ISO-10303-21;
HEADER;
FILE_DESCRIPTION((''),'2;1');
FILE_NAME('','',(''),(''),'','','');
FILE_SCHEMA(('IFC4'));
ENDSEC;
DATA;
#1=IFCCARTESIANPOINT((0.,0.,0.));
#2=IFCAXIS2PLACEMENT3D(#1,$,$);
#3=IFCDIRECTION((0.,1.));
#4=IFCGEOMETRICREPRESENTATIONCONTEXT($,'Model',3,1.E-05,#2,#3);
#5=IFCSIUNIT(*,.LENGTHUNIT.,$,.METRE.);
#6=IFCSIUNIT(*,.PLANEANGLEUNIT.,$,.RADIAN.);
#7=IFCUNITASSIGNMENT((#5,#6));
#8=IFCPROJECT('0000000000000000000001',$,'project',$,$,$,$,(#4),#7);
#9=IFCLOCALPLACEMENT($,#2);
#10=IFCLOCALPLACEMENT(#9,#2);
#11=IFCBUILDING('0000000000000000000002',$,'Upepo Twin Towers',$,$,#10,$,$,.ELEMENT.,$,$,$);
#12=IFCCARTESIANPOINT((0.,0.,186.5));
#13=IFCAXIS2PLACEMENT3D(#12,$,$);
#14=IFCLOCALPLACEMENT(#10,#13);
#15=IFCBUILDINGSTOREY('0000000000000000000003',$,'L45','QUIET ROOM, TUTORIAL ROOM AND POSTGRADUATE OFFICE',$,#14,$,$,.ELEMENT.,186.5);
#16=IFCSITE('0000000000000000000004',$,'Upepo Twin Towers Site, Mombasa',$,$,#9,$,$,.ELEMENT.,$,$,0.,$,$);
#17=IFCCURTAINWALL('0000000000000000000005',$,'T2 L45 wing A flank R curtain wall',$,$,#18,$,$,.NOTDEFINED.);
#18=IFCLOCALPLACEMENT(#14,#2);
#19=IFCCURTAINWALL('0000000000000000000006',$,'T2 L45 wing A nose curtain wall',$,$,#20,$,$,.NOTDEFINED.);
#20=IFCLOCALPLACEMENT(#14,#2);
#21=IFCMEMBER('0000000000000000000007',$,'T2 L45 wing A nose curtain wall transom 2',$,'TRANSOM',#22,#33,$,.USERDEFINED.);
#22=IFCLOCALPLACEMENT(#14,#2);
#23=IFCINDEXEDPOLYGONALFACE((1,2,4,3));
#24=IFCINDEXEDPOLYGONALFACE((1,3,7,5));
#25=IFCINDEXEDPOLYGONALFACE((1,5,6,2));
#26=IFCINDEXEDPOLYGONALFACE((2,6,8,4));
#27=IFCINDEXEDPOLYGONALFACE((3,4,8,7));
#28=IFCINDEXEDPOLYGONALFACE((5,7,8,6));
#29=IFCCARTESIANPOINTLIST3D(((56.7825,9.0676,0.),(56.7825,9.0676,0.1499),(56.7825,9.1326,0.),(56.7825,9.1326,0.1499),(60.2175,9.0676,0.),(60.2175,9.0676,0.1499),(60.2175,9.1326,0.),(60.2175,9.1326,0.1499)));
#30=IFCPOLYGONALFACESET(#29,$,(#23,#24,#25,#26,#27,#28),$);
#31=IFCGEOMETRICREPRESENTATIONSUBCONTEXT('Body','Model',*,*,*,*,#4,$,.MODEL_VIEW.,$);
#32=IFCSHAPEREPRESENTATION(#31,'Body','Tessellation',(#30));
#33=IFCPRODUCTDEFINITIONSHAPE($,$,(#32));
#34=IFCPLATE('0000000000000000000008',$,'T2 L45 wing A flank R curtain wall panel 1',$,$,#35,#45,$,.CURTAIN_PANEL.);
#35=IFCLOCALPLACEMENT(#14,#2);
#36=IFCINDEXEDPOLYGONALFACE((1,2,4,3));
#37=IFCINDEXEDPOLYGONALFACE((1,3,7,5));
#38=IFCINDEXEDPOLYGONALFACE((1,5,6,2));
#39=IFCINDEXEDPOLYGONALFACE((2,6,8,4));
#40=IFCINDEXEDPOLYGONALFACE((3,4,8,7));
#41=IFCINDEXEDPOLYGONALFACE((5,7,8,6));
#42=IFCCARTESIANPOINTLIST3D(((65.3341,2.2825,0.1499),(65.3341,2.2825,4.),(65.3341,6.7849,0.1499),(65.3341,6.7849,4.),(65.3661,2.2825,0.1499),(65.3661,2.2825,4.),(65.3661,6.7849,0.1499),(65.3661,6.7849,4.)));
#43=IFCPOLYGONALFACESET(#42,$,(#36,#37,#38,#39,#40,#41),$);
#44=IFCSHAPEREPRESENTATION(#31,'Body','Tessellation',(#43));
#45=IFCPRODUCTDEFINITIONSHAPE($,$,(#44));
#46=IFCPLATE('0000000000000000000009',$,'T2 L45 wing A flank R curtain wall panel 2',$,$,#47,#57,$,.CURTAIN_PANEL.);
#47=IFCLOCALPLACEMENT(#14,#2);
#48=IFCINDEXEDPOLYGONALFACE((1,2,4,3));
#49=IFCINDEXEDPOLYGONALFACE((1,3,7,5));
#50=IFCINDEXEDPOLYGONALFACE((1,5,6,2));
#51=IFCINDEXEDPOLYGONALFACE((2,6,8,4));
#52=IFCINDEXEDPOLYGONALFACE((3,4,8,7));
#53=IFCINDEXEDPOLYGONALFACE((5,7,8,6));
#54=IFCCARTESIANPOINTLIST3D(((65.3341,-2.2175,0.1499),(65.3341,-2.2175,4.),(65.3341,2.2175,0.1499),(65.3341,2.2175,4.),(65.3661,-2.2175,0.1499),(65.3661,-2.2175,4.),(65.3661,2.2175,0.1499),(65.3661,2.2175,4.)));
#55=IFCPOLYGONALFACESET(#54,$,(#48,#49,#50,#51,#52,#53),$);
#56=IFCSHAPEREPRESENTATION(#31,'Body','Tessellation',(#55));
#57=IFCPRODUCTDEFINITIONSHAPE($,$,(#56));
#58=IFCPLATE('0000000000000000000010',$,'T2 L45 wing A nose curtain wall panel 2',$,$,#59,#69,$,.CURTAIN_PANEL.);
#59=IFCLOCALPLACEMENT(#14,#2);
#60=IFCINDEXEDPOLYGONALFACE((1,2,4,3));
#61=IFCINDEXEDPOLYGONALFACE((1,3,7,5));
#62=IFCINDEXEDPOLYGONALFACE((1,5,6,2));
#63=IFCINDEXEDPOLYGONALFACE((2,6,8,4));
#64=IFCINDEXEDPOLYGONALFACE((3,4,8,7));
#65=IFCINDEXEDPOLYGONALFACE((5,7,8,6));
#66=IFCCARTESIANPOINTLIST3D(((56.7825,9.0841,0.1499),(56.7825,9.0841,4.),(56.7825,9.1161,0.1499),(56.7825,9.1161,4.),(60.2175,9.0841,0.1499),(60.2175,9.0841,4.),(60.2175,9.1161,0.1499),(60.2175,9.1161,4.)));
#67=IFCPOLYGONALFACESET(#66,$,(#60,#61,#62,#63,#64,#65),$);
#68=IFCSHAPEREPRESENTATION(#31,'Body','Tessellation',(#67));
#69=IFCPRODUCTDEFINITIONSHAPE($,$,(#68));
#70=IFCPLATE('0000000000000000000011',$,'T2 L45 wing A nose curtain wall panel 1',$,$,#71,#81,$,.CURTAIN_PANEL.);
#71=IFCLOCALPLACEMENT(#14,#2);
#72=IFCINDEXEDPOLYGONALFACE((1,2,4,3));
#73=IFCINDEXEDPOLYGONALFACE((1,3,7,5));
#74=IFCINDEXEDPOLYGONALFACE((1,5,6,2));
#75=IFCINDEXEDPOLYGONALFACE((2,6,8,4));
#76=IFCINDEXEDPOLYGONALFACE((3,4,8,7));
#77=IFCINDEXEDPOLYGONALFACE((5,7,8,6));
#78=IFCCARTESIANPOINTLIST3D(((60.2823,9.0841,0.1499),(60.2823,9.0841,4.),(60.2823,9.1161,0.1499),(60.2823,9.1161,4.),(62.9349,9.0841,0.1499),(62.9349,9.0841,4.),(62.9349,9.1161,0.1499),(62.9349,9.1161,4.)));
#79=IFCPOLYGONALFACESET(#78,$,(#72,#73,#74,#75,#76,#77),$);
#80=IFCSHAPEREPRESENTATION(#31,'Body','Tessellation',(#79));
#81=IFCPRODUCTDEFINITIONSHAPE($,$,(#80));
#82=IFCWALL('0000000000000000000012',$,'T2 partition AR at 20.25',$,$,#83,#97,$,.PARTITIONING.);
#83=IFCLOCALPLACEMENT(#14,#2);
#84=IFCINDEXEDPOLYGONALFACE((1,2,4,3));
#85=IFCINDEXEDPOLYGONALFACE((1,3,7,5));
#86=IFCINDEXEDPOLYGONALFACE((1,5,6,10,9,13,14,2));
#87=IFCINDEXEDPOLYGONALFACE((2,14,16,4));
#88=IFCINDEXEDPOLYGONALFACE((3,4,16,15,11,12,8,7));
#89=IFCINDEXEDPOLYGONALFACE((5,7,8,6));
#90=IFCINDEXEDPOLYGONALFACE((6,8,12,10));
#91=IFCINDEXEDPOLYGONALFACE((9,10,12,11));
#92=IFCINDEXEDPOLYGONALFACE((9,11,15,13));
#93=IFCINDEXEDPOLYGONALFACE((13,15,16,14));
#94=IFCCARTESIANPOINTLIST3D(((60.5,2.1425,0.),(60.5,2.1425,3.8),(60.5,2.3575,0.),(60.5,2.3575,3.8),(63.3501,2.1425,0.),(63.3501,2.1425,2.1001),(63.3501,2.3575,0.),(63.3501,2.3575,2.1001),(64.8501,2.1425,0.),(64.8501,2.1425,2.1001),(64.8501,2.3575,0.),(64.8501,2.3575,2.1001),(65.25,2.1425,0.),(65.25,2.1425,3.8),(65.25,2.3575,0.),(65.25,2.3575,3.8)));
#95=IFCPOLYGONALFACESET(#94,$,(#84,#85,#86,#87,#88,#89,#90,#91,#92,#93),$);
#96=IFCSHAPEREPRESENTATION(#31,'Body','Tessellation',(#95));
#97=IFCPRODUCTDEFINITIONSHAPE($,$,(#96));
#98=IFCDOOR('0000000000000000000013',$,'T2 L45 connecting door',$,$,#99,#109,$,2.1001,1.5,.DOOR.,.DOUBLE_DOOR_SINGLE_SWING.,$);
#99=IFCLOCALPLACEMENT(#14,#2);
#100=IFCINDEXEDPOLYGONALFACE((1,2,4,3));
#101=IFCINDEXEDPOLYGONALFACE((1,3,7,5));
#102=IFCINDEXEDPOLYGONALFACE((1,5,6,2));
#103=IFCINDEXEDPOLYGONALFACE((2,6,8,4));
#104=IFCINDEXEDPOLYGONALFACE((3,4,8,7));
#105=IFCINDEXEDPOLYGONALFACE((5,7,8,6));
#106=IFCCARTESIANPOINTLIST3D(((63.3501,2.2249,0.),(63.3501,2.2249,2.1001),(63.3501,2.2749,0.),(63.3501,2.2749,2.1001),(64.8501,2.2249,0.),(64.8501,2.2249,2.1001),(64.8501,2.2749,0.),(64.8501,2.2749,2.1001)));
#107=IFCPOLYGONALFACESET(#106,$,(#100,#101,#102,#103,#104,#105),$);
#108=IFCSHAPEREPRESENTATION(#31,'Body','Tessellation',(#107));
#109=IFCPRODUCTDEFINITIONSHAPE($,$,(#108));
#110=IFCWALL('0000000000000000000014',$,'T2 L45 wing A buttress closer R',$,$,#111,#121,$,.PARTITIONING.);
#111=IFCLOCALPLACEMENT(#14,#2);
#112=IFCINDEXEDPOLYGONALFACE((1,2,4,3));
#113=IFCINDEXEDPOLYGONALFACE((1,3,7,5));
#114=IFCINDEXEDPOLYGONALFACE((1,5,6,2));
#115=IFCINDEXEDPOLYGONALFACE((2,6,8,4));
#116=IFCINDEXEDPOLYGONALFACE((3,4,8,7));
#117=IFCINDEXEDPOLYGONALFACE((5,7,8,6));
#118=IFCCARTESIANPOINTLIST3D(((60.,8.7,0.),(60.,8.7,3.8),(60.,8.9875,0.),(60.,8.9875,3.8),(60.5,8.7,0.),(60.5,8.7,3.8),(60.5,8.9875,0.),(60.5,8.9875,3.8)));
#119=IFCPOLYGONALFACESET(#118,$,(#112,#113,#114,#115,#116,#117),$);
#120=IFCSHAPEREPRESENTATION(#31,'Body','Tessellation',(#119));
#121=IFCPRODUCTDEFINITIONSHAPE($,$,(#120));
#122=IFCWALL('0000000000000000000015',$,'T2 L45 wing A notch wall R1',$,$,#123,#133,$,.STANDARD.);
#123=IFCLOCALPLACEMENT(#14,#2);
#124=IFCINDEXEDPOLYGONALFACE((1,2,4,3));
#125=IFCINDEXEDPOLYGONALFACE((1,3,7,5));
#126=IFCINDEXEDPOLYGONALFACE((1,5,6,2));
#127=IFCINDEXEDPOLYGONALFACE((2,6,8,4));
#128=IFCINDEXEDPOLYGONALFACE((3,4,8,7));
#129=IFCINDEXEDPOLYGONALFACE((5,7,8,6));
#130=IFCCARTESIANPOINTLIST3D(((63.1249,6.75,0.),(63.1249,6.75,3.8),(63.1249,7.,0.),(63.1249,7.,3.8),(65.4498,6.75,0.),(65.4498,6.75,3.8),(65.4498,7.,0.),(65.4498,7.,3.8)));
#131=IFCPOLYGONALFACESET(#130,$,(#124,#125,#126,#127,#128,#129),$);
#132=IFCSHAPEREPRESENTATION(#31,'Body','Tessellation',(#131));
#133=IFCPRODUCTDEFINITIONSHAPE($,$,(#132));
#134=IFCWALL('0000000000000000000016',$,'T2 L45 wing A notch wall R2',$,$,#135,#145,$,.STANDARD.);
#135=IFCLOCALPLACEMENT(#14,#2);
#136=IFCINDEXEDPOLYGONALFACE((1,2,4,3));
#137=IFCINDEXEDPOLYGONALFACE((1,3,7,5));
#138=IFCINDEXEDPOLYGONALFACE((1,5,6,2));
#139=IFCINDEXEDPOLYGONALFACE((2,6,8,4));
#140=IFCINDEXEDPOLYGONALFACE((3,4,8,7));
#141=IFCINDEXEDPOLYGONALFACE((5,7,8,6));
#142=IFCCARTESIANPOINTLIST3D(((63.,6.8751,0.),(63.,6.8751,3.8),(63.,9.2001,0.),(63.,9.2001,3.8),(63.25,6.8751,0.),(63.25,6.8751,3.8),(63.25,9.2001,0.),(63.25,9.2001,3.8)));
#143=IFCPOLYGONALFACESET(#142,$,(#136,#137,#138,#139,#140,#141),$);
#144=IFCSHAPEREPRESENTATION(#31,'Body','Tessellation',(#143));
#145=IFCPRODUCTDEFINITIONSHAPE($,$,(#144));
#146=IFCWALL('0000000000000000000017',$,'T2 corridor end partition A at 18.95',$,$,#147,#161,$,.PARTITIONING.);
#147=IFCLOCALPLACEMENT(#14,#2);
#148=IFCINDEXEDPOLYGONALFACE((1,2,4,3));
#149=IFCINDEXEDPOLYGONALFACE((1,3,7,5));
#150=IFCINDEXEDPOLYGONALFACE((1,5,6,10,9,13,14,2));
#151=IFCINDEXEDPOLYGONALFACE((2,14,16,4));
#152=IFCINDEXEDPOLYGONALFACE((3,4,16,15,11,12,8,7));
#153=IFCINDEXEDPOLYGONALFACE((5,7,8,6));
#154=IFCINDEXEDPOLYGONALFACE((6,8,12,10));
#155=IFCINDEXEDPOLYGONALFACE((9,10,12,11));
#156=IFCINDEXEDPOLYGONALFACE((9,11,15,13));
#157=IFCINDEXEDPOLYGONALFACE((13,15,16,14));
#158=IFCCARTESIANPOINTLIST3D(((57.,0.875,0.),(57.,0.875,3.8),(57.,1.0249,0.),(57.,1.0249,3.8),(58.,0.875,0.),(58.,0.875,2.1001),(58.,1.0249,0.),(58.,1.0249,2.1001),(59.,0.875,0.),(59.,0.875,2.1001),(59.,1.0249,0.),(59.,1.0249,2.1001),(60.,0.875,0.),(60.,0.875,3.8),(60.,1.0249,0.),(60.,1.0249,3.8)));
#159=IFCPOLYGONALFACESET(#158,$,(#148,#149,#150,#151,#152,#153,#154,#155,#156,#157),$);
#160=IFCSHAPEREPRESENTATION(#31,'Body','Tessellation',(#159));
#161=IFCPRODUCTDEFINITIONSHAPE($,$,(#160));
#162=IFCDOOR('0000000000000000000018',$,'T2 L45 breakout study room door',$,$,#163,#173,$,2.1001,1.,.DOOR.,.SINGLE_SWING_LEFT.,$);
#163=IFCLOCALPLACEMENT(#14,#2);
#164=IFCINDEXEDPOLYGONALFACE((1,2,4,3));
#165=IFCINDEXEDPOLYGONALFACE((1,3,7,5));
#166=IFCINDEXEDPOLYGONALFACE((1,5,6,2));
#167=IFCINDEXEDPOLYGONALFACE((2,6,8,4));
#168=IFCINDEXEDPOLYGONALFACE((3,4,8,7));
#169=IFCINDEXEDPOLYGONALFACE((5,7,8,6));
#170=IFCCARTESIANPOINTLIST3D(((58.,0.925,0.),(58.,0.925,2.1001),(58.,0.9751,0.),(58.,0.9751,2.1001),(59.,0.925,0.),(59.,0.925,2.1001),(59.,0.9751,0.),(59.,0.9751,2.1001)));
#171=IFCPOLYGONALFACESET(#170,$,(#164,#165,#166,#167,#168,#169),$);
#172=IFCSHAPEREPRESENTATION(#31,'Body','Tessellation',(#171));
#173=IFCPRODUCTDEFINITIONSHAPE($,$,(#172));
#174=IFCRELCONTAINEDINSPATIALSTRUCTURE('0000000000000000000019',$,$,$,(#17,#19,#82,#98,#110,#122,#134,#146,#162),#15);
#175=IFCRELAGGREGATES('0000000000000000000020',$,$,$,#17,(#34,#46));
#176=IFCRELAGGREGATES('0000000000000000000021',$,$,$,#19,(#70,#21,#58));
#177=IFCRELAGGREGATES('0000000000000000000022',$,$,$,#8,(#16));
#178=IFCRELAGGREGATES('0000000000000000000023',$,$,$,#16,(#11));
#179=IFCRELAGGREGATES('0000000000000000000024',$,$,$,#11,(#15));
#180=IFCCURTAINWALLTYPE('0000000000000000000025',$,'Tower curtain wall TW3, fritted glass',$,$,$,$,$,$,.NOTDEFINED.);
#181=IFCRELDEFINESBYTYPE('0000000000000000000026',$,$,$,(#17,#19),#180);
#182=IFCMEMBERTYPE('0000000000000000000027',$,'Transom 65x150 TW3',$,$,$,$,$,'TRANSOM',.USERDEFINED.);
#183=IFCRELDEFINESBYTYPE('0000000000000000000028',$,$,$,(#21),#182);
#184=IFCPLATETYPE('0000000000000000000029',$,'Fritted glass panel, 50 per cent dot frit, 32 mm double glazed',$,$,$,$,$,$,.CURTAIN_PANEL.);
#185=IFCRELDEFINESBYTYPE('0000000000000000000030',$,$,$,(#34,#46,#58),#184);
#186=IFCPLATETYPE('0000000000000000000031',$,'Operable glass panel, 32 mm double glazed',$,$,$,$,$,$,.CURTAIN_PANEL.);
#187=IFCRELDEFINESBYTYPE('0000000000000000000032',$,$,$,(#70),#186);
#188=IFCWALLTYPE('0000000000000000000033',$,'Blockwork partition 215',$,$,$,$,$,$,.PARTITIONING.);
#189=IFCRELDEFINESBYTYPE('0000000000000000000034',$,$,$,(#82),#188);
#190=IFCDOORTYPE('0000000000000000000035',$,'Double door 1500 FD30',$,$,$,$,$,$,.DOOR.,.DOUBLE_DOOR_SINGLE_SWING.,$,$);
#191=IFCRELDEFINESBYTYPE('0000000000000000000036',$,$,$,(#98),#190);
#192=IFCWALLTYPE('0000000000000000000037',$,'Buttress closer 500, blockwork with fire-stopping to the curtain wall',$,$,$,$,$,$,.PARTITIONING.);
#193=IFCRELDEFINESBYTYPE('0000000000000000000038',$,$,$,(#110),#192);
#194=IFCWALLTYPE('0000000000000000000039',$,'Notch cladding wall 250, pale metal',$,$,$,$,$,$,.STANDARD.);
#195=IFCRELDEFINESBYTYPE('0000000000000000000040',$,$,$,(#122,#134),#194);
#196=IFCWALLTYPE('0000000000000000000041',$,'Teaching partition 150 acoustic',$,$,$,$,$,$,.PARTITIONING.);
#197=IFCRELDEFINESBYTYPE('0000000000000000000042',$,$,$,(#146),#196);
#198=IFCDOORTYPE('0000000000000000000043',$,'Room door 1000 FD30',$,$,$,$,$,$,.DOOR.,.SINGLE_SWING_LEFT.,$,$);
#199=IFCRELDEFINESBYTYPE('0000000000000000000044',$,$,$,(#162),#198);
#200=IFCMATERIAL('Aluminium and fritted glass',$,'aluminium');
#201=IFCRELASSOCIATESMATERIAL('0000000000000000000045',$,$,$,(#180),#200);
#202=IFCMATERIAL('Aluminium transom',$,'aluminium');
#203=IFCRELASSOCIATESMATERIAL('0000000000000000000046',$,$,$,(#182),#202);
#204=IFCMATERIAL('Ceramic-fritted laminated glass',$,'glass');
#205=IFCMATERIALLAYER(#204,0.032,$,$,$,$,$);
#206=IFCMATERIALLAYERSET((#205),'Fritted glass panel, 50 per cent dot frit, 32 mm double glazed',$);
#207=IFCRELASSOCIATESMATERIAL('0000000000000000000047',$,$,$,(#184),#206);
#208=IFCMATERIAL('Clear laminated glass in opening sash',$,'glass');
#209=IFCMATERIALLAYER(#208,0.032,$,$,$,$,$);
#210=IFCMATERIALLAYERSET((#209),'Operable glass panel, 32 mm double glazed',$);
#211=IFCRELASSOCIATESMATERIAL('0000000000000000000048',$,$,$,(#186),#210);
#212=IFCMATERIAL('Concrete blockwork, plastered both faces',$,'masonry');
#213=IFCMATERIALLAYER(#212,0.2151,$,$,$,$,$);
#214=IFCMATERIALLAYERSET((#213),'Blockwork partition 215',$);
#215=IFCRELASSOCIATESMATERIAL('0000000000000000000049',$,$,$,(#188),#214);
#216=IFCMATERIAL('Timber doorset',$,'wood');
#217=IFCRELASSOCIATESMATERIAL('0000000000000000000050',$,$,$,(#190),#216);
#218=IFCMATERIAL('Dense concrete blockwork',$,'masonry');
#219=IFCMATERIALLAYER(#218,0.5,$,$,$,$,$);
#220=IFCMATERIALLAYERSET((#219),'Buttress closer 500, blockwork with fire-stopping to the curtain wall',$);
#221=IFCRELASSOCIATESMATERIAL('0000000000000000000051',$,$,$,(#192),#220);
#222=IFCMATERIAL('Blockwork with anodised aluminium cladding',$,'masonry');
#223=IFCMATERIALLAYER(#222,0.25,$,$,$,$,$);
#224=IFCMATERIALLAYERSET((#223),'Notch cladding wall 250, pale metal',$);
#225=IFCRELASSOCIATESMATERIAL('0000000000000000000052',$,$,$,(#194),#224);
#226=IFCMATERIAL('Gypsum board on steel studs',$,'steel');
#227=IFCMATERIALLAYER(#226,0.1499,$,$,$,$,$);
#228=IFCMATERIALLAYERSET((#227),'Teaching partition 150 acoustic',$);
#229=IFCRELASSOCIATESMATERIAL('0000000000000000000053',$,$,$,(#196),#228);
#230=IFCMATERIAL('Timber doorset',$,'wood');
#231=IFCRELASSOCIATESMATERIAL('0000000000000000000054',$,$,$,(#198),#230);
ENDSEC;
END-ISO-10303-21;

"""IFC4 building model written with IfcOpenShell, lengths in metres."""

from ifc_helpers import new_model, si_unit, direction, frame, frame_2d, origin, origin_2d, place, context, subcontext, project, spatial, rectangle, extrude, material, layer, layer_set, material_profile, profile_set, type_object, element, fill, aggregate, save


model = new_model("IFC4")

# Units and contexts
model_context = context("Model", 3, precision=1e-05, world=origin(), true_north=direction((0.0, 1.0)))
body_context = subcontext(model_context, "Body", "Model", "MODEL_VIEW")
ifc_project = project(units=[si_unit("LENGTHUNIT", "METRE"), si_unit("PLANEANGLEUNIT", "RADIAN")], contexts=[model_context])

# Site, building, storey
site_placement = place(None, origin())
site = spatial("IfcSite", under=ifc_project, at=site_placement, Name="Upepo Twin Towers Site, Mombasa", CompositionType="ELEMENT", RefElevation=0.0)
building_placement = place(site_placement, origin())
building = spatial("IfcBuilding", under=site, at=building_placement, Name="Upepo Twin Towers", CompositionType="ELEMENT")
storey_placement = place(building_placement, frame((0.0, 0.0, 186.5)))
storey = spatial("IfcBuildingStorey", under=building, at=storey_placement, Name="L45", Description="QUIET ROOM, TUTORIAL ROOM AND POSTGRADUATE OFFICE", CompositionType="ELEMENT", Elevation=186.5)

# Curtain walls
ifc_material_1 = material(Name="Aluminium and fritted glass", Category="aluminium")
curtain_wall_type = type_object("IfcCurtainWallType", Name="Tower curtain wall TW3, fritted glass", PredefinedType="NOTDEFINED", material=ifc_material_1)
curtain_wall_1_placement = place(storey_placement, origin())
curtain_wall_1 = element("IfcCurtainWall", 1, at=curtain_wall_1_placement, inside=storey, type_object=curtain_wall_type, Name="T2 L45 wing A flank R curtain wall", PredefinedType="NOTDEFINED")
curtain_wall_2_placement = place(storey_placement, origin())
curtain_wall_2 = element("IfcCurtainWall", 2, at=curtain_wall_2_placement, inside=storey, type_object=curtain_wall_type, Name="T2 L45 wing A nose curtain wall", PredefinedType="NOTDEFINED")

# Member
ifc_material_2 = material(Name="Aluminium transom", Category="aluminium")
ifc_material_profile_1 = material_profile(ifc_material_2, rectangle(XDim=0.0649, YDim=0.1499, at=origin_2d()), Name="TRANSOM 65x150")
ifc_profile_set_1 = profile_set([ifc_material_profile_1], Name="Aluminium transom")
member_type_1 = type_object("IfcMemberType", Name="Transom 65x150 TW3", ElementType="TRANSOM", PredefinedType="USERDEFINED", material=ifc_profile_set_1)
member_1_placement = place(storey_placement, frame((60.2175, 9.1001, 0.075), z_axis=(-1.0, 0.0, 0.0), x_axis=(0.0, -1.0, 0.0)))
member_1 = element("IfcMember", 3, at=member_1_placement, type_object=member_type_1, Name="T2 L45 wing A nose curtain wall transom 2", ObjectType="TRANSOM", PredefinedType="USERDEFINED", context=body_context, shape_type="SweptSolid", body=[
    extrude(rectangle(XDim=0.0649, YDim=0.1499, at=origin_2d()), origin(), (0.0, 0.0, 1.0), 3.4351),
])

# Plates
ifc_material_3 = material(Name="Ceramic-fritted laminated glass", Category="glass")
ifc_layer_1 = layer(ifc_material_3, 0.032)
ifc_layer_set_1 = layer_set([ifc_layer_1], Name="Fritted glass panel, 50 per cent dot frit, 32 mm double glazed")
plate_type_1 = type_object("IfcPlateType", Name="Fritted glass panel, 50 per cent dot frit, 32 mm double glazed", PredefinedType="CURTAIN_PANEL", material=ifc_layer_set_1)
plate_1_placement = place(storey_placement, frame((65.3501, 4.5337, 0.1499), z_axis=(0.0, 0.0, 1.0), x_axis=(0.0, -1.0, 0.0)))
plate_1 = element("IfcPlate", 4, at=plate_1_placement, type_object=plate_type_1, Name="T2 L45 wing A flank R curtain wall panel 1", PredefinedType="CURTAIN_PANEL", context=body_context, shape_type="SweptSolid", body=[
    extrude(rectangle(XDim=4.5024, YDim=0.032, at=origin_2d()), origin(), (0.0, 0.0, 1.0), 3.8501),
])
plate_2_placement = place(storey_placement, frame((65.3501, 0.0, 0.1499), z_axis=(0.0, 0.0, 1.0), x_axis=(0.0, -1.0, 0.0)))
plate_2 = element("IfcPlate", 5, at=plate_2_placement, type_object=plate_type_1, Name="T2 L45 wing A flank R curtain wall panel 2", PredefinedType="CURTAIN_PANEL", context=body_context, shape_type="SweptSolid", body=[
    extrude(rectangle(XDim=4.4351, YDim=0.032, at=origin_2d()), origin(), (0.0, 0.0, 1.0), 3.8501),
])
aggregate(curtain_wall_1, [plate_1, plate_2])
plate_3_placement = place(storey_placement, frame((58.5, 9.1001, 0.1499), z_axis=(0.0, 0.0, 1.0), x_axis=(-1.0, 0.0, 0.0)))
plate_3 = element("IfcPlate", 6, at=plate_3_placement, type_object=plate_type_1, Name="T2 L45 wing A nose curtain wall panel 2", PredefinedType="CURTAIN_PANEL", context=body_context, shape_type="SweptSolid", body=[
    extrude(rectangle(XDim=3.4351, YDim=0.032, at=origin_2d()), origin(), (0.0, 0.0, 1.0), 3.8501),
])
ifc_material_4 = material(Name="Clear laminated glass in opening sash", Category="glass")
ifc_layer_2 = layer(ifc_material_4, 0.032)
ifc_layer_set_2 = layer_set([ifc_layer_2], Name="Operable glass panel, 32 mm double glazed")
plate_type_2 = type_object("IfcPlateType", Name="Operable glass panel, 32 mm double glazed", PredefinedType="CURTAIN_PANEL", material=ifc_layer_set_2)
plate_4_placement = place(storey_placement, frame((61.6086, 9.1001, 0.1499), z_axis=(0.0, 0.0, 1.0), x_axis=(-1.0, 0.0, 0.0)))
plate_4 = element("IfcPlate", 7, at=plate_4_placement, type_object=plate_type_2, Name="T2 L45 wing A nose curtain wall panel 1", PredefinedType="CURTAIN_PANEL", context=body_context, shape_type="SweptSolid", body=[
    extrude(rectangle(XDim=2.6526, YDim=0.032, at=origin_2d()), origin(), (0.0, 0.0, 1.0), 3.8501),
])
aggregate(curtain_wall_2, [plate_4, member_1, plate_3])

# Wall, opening, door
ifc_material_5 = material(Name="Concrete blockwork, plastered both faces", Category="masonry")
ifc_layer_3 = layer(ifc_material_5, 0.2151)
ifc_layer_set_3 = layer_set([ifc_layer_3], Name="Blockwork partition 215")
wall_type_1 = type_object("IfcWallType", Name="Blockwork partition 215", PredefinedType="PARTITIONING", material=ifc_layer_set_3)
wall_1_placement = place(storey_placement, frame((60.5, 2.25, 0.0), z_axis=(0.0, 0.0, 1.0), x_axis=(1.0, 0.0, 0.0)))
wall_1 = element("IfcWall", 8, at=wall_1_placement, inside=storey, type_object=wall_type_1, Name="T2 partition AR at 20.25", PredefinedType="PARTITIONING", context=body_context, shape_type="SweptSolid", body=[
    extrude(rectangle(XDim=4.75, YDim=0.2151, at=frame_2d((2.375, 0.0))), origin(), (0.0, 0.0, 1.0), 3.8),
])
opening_1_placement = place(wall_1_placement, frame((2.8501, 0.0, 0.0)))
opening_1 = element("IfcOpeningElement", 9, at=opening_1_placement, cuts=wall_1, PredefinedType="OPENING", context=body_context, shape_type="SweptSolid", body=[
    extrude(rectangle(XDim=1.5, YDim=2.1001, at=frame_2d((0.75, 1.05))), frame((0.0, 0.1174, 0.0), z_axis=(0.0, -1.0, 0.0), x_axis=(1.0, 0.0, 0.0)), (0.0, 0.0, 1.0), 0.2351),
])
ifc_material_6 = material(Name="Timber doorset", Category="wood")
door_type_1 = type_object("IfcDoorType", Name="Double door 1500 FD30", OperationType="DOUBLE_DOOR_SINGLE_SWING", PredefinedType="DOOR", material=ifc_material_6)
door_1_placement = place(opening_1_placement, origin())
door_1 = element("IfcDoor", 10, at=door_1_placement, inside=storey, type_object=door_type_1, Name="T2 L45 connecting door", OperationType="DOUBLE_DOOR_SINGLE_SWING", OverallHeight=2.1001, OverallWidth=1.5, PredefinedType="DOOR", context=body_context, shape_type="SweptSolid", body=[
    extrude(rectangle(XDim=1.5, YDim=2.1001, at=frame_2d((0.75, 1.05))), frame((0.0, 0.0249, 0.0), z_axis=(0.0, -1.0, 0.0), x_axis=(1.0, 0.0, 0.0)), (0.0, 0.0, 1.0), 0.05),
])
fill(opening_1, door_1)

# Walls
ifc_material_7 = material(Name="Dense concrete blockwork", Category="masonry")
ifc_layer_4 = layer(ifc_material_7, 0.5)
ifc_layer_set_4 = layer_set([ifc_layer_4], Name="Buttress closer 500, blockwork with fire-stopping to the curtain wall")
wall_type_2 = type_object("IfcWallType", Name="Buttress closer 500, blockwork with fire-stopping to the curtain wall", PredefinedType="PARTITIONING", material=ifc_layer_set_4)
wall_2_placement = place(storey_placement, frame((60.25, 8.7, 0.0), z_axis=(0.0, 0.0, 1.0), x_axis=(0.0, 1.0, 0.0)))
element("IfcWall", 11, at=wall_2_placement, inside=storey, type_object=wall_type_2, Name="T2 L45 wing A buttress closer R", PredefinedType="PARTITIONING", context=body_context, shape_type="SweptSolid", body=[
    extrude(rectangle(XDim=0.2876, YDim=0.5, at=frame_2d((0.1438, 0.0))), origin(), (0.0, 0.0, 1.0), 3.8),
])
ifc_material_8 = material(Name="Blockwork with anodised aluminium cladding", Category="masonry")
ifc_layer_5 = layer(ifc_material_8, 0.25)
ifc_layer_set_5 = layer_set([ifc_layer_5], Name="Notch cladding wall 250, pale metal")
wall_type_3 = type_object("IfcWallType", Name="Notch cladding wall 250, pale metal", PredefinedType="STANDARD", material=ifc_layer_set_5)
for number, where, z_axis, x_axis, name in (
    (12, (65.45, 6.875, 0.0), (0.0, 0.0, 1.0), (-1.0, 0.0, 0.0), "T2 L45 wing A notch wall R1"),
    (13, (63.125, 6.875, 0.0), (0.0, 0.0, 1.0), (0.0, 1.0, 0.0), "T2 L45 wing A notch wall R2"),
):
    element("IfcWall", number, at=place(storey_placement, frame(where, z_axis=z_axis, x_axis=x_axis)), inside=storey, type_object=wall_type_3, Name=name, PredefinedType="STANDARD", context=body_context, shape_type="SweptSolid", body=[
        extrude(rectangle(XDim=2.325, YDim=0.25, at=frame_2d((1.1626, 0.0))), origin(), (0.0, 0.0, 1.0), 3.8),
    ])

# Wall, opening, door
ifc_material_9 = material(Name="Gypsum board on steel studs", Category="steel")
ifc_layer_6 = layer(ifc_material_9, 0.1499)
ifc_layer_set_6 = layer_set([ifc_layer_6], Name="Teaching partition 150 acoustic")
wall_type_4 = type_object("IfcWallType", Name="Teaching partition 150 acoustic", PredefinedType="PARTITIONING", material=ifc_layer_set_6)
wall_3_placement = place(storey_placement, frame((60.0, 0.95, 0.0), z_axis=(0.0, 0.0, 1.0), x_axis=(-1.0, 0.0, 0.0)))
wall_3 = element("IfcWall", 14, at=wall_3_placement, inside=storey, type_object=wall_type_4, Name="T2 corridor end partition A at 18.95", PredefinedType="PARTITIONING", context=body_context, shape_type="SweptSolid", body=[
    extrude(rectangle(XDim=3.0, YDim=0.1499, at=frame_2d((1.5, 0.0))), origin(), (0.0, 0.0, 1.0), 3.8),
])
opening_2_placement = place(wall_3_placement, frame((1.0, 0.0, 0.0)))
opening_2 = element("IfcOpeningElement", 15, at=opening_2_placement, cuts=wall_3, PredefinedType="OPENING", context=body_context, shape_type="SweptSolid", body=[
    extrude(rectangle(XDim=1.0, YDim=2.1001, at=frame_2d((0.5, 1.05))), frame((0.0, 0.085, 0.0), z_axis=(0.0, -1.0, 0.0), x_axis=(1.0, 0.0, 0.0)), (0.0, 0.0, 1.0), 0.1699),
])
ifc_material_10 = material(Name="Timber doorset", Category="wood")
door_type_2 = type_object("IfcDoorType", Name="Room door 1000 FD30", OperationType="SINGLE_SWING_LEFT", PredefinedType="DOOR", material=ifc_material_10)
door_2_placement = place(opening_2_placement, origin())
door_2 = element("IfcDoor", 16, at=door_2_placement, inside=storey, type_object=door_type_2, Name="T2 L45 breakout study room door", OperationType="SINGLE_SWING_LEFT", OverallHeight=2.1001, OverallWidth=1.0, PredefinedType="DOOR", context=body_context, shape_type="SweptSolid", body=[
    extrude(rectangle(XDim=1.0, YDim=2.1001, at=frame_2d((0.5, 1.05))), frame((0.0, 0.0249, 0.0), z_axis=(0.0, -1.0, 0.0), x_axis=(1.0, 0.0, 0.0)), (0.0, 0.0, 1.0), 0.05),
])
fill(opening_2, door_2)

save(model, "model.ifc")
